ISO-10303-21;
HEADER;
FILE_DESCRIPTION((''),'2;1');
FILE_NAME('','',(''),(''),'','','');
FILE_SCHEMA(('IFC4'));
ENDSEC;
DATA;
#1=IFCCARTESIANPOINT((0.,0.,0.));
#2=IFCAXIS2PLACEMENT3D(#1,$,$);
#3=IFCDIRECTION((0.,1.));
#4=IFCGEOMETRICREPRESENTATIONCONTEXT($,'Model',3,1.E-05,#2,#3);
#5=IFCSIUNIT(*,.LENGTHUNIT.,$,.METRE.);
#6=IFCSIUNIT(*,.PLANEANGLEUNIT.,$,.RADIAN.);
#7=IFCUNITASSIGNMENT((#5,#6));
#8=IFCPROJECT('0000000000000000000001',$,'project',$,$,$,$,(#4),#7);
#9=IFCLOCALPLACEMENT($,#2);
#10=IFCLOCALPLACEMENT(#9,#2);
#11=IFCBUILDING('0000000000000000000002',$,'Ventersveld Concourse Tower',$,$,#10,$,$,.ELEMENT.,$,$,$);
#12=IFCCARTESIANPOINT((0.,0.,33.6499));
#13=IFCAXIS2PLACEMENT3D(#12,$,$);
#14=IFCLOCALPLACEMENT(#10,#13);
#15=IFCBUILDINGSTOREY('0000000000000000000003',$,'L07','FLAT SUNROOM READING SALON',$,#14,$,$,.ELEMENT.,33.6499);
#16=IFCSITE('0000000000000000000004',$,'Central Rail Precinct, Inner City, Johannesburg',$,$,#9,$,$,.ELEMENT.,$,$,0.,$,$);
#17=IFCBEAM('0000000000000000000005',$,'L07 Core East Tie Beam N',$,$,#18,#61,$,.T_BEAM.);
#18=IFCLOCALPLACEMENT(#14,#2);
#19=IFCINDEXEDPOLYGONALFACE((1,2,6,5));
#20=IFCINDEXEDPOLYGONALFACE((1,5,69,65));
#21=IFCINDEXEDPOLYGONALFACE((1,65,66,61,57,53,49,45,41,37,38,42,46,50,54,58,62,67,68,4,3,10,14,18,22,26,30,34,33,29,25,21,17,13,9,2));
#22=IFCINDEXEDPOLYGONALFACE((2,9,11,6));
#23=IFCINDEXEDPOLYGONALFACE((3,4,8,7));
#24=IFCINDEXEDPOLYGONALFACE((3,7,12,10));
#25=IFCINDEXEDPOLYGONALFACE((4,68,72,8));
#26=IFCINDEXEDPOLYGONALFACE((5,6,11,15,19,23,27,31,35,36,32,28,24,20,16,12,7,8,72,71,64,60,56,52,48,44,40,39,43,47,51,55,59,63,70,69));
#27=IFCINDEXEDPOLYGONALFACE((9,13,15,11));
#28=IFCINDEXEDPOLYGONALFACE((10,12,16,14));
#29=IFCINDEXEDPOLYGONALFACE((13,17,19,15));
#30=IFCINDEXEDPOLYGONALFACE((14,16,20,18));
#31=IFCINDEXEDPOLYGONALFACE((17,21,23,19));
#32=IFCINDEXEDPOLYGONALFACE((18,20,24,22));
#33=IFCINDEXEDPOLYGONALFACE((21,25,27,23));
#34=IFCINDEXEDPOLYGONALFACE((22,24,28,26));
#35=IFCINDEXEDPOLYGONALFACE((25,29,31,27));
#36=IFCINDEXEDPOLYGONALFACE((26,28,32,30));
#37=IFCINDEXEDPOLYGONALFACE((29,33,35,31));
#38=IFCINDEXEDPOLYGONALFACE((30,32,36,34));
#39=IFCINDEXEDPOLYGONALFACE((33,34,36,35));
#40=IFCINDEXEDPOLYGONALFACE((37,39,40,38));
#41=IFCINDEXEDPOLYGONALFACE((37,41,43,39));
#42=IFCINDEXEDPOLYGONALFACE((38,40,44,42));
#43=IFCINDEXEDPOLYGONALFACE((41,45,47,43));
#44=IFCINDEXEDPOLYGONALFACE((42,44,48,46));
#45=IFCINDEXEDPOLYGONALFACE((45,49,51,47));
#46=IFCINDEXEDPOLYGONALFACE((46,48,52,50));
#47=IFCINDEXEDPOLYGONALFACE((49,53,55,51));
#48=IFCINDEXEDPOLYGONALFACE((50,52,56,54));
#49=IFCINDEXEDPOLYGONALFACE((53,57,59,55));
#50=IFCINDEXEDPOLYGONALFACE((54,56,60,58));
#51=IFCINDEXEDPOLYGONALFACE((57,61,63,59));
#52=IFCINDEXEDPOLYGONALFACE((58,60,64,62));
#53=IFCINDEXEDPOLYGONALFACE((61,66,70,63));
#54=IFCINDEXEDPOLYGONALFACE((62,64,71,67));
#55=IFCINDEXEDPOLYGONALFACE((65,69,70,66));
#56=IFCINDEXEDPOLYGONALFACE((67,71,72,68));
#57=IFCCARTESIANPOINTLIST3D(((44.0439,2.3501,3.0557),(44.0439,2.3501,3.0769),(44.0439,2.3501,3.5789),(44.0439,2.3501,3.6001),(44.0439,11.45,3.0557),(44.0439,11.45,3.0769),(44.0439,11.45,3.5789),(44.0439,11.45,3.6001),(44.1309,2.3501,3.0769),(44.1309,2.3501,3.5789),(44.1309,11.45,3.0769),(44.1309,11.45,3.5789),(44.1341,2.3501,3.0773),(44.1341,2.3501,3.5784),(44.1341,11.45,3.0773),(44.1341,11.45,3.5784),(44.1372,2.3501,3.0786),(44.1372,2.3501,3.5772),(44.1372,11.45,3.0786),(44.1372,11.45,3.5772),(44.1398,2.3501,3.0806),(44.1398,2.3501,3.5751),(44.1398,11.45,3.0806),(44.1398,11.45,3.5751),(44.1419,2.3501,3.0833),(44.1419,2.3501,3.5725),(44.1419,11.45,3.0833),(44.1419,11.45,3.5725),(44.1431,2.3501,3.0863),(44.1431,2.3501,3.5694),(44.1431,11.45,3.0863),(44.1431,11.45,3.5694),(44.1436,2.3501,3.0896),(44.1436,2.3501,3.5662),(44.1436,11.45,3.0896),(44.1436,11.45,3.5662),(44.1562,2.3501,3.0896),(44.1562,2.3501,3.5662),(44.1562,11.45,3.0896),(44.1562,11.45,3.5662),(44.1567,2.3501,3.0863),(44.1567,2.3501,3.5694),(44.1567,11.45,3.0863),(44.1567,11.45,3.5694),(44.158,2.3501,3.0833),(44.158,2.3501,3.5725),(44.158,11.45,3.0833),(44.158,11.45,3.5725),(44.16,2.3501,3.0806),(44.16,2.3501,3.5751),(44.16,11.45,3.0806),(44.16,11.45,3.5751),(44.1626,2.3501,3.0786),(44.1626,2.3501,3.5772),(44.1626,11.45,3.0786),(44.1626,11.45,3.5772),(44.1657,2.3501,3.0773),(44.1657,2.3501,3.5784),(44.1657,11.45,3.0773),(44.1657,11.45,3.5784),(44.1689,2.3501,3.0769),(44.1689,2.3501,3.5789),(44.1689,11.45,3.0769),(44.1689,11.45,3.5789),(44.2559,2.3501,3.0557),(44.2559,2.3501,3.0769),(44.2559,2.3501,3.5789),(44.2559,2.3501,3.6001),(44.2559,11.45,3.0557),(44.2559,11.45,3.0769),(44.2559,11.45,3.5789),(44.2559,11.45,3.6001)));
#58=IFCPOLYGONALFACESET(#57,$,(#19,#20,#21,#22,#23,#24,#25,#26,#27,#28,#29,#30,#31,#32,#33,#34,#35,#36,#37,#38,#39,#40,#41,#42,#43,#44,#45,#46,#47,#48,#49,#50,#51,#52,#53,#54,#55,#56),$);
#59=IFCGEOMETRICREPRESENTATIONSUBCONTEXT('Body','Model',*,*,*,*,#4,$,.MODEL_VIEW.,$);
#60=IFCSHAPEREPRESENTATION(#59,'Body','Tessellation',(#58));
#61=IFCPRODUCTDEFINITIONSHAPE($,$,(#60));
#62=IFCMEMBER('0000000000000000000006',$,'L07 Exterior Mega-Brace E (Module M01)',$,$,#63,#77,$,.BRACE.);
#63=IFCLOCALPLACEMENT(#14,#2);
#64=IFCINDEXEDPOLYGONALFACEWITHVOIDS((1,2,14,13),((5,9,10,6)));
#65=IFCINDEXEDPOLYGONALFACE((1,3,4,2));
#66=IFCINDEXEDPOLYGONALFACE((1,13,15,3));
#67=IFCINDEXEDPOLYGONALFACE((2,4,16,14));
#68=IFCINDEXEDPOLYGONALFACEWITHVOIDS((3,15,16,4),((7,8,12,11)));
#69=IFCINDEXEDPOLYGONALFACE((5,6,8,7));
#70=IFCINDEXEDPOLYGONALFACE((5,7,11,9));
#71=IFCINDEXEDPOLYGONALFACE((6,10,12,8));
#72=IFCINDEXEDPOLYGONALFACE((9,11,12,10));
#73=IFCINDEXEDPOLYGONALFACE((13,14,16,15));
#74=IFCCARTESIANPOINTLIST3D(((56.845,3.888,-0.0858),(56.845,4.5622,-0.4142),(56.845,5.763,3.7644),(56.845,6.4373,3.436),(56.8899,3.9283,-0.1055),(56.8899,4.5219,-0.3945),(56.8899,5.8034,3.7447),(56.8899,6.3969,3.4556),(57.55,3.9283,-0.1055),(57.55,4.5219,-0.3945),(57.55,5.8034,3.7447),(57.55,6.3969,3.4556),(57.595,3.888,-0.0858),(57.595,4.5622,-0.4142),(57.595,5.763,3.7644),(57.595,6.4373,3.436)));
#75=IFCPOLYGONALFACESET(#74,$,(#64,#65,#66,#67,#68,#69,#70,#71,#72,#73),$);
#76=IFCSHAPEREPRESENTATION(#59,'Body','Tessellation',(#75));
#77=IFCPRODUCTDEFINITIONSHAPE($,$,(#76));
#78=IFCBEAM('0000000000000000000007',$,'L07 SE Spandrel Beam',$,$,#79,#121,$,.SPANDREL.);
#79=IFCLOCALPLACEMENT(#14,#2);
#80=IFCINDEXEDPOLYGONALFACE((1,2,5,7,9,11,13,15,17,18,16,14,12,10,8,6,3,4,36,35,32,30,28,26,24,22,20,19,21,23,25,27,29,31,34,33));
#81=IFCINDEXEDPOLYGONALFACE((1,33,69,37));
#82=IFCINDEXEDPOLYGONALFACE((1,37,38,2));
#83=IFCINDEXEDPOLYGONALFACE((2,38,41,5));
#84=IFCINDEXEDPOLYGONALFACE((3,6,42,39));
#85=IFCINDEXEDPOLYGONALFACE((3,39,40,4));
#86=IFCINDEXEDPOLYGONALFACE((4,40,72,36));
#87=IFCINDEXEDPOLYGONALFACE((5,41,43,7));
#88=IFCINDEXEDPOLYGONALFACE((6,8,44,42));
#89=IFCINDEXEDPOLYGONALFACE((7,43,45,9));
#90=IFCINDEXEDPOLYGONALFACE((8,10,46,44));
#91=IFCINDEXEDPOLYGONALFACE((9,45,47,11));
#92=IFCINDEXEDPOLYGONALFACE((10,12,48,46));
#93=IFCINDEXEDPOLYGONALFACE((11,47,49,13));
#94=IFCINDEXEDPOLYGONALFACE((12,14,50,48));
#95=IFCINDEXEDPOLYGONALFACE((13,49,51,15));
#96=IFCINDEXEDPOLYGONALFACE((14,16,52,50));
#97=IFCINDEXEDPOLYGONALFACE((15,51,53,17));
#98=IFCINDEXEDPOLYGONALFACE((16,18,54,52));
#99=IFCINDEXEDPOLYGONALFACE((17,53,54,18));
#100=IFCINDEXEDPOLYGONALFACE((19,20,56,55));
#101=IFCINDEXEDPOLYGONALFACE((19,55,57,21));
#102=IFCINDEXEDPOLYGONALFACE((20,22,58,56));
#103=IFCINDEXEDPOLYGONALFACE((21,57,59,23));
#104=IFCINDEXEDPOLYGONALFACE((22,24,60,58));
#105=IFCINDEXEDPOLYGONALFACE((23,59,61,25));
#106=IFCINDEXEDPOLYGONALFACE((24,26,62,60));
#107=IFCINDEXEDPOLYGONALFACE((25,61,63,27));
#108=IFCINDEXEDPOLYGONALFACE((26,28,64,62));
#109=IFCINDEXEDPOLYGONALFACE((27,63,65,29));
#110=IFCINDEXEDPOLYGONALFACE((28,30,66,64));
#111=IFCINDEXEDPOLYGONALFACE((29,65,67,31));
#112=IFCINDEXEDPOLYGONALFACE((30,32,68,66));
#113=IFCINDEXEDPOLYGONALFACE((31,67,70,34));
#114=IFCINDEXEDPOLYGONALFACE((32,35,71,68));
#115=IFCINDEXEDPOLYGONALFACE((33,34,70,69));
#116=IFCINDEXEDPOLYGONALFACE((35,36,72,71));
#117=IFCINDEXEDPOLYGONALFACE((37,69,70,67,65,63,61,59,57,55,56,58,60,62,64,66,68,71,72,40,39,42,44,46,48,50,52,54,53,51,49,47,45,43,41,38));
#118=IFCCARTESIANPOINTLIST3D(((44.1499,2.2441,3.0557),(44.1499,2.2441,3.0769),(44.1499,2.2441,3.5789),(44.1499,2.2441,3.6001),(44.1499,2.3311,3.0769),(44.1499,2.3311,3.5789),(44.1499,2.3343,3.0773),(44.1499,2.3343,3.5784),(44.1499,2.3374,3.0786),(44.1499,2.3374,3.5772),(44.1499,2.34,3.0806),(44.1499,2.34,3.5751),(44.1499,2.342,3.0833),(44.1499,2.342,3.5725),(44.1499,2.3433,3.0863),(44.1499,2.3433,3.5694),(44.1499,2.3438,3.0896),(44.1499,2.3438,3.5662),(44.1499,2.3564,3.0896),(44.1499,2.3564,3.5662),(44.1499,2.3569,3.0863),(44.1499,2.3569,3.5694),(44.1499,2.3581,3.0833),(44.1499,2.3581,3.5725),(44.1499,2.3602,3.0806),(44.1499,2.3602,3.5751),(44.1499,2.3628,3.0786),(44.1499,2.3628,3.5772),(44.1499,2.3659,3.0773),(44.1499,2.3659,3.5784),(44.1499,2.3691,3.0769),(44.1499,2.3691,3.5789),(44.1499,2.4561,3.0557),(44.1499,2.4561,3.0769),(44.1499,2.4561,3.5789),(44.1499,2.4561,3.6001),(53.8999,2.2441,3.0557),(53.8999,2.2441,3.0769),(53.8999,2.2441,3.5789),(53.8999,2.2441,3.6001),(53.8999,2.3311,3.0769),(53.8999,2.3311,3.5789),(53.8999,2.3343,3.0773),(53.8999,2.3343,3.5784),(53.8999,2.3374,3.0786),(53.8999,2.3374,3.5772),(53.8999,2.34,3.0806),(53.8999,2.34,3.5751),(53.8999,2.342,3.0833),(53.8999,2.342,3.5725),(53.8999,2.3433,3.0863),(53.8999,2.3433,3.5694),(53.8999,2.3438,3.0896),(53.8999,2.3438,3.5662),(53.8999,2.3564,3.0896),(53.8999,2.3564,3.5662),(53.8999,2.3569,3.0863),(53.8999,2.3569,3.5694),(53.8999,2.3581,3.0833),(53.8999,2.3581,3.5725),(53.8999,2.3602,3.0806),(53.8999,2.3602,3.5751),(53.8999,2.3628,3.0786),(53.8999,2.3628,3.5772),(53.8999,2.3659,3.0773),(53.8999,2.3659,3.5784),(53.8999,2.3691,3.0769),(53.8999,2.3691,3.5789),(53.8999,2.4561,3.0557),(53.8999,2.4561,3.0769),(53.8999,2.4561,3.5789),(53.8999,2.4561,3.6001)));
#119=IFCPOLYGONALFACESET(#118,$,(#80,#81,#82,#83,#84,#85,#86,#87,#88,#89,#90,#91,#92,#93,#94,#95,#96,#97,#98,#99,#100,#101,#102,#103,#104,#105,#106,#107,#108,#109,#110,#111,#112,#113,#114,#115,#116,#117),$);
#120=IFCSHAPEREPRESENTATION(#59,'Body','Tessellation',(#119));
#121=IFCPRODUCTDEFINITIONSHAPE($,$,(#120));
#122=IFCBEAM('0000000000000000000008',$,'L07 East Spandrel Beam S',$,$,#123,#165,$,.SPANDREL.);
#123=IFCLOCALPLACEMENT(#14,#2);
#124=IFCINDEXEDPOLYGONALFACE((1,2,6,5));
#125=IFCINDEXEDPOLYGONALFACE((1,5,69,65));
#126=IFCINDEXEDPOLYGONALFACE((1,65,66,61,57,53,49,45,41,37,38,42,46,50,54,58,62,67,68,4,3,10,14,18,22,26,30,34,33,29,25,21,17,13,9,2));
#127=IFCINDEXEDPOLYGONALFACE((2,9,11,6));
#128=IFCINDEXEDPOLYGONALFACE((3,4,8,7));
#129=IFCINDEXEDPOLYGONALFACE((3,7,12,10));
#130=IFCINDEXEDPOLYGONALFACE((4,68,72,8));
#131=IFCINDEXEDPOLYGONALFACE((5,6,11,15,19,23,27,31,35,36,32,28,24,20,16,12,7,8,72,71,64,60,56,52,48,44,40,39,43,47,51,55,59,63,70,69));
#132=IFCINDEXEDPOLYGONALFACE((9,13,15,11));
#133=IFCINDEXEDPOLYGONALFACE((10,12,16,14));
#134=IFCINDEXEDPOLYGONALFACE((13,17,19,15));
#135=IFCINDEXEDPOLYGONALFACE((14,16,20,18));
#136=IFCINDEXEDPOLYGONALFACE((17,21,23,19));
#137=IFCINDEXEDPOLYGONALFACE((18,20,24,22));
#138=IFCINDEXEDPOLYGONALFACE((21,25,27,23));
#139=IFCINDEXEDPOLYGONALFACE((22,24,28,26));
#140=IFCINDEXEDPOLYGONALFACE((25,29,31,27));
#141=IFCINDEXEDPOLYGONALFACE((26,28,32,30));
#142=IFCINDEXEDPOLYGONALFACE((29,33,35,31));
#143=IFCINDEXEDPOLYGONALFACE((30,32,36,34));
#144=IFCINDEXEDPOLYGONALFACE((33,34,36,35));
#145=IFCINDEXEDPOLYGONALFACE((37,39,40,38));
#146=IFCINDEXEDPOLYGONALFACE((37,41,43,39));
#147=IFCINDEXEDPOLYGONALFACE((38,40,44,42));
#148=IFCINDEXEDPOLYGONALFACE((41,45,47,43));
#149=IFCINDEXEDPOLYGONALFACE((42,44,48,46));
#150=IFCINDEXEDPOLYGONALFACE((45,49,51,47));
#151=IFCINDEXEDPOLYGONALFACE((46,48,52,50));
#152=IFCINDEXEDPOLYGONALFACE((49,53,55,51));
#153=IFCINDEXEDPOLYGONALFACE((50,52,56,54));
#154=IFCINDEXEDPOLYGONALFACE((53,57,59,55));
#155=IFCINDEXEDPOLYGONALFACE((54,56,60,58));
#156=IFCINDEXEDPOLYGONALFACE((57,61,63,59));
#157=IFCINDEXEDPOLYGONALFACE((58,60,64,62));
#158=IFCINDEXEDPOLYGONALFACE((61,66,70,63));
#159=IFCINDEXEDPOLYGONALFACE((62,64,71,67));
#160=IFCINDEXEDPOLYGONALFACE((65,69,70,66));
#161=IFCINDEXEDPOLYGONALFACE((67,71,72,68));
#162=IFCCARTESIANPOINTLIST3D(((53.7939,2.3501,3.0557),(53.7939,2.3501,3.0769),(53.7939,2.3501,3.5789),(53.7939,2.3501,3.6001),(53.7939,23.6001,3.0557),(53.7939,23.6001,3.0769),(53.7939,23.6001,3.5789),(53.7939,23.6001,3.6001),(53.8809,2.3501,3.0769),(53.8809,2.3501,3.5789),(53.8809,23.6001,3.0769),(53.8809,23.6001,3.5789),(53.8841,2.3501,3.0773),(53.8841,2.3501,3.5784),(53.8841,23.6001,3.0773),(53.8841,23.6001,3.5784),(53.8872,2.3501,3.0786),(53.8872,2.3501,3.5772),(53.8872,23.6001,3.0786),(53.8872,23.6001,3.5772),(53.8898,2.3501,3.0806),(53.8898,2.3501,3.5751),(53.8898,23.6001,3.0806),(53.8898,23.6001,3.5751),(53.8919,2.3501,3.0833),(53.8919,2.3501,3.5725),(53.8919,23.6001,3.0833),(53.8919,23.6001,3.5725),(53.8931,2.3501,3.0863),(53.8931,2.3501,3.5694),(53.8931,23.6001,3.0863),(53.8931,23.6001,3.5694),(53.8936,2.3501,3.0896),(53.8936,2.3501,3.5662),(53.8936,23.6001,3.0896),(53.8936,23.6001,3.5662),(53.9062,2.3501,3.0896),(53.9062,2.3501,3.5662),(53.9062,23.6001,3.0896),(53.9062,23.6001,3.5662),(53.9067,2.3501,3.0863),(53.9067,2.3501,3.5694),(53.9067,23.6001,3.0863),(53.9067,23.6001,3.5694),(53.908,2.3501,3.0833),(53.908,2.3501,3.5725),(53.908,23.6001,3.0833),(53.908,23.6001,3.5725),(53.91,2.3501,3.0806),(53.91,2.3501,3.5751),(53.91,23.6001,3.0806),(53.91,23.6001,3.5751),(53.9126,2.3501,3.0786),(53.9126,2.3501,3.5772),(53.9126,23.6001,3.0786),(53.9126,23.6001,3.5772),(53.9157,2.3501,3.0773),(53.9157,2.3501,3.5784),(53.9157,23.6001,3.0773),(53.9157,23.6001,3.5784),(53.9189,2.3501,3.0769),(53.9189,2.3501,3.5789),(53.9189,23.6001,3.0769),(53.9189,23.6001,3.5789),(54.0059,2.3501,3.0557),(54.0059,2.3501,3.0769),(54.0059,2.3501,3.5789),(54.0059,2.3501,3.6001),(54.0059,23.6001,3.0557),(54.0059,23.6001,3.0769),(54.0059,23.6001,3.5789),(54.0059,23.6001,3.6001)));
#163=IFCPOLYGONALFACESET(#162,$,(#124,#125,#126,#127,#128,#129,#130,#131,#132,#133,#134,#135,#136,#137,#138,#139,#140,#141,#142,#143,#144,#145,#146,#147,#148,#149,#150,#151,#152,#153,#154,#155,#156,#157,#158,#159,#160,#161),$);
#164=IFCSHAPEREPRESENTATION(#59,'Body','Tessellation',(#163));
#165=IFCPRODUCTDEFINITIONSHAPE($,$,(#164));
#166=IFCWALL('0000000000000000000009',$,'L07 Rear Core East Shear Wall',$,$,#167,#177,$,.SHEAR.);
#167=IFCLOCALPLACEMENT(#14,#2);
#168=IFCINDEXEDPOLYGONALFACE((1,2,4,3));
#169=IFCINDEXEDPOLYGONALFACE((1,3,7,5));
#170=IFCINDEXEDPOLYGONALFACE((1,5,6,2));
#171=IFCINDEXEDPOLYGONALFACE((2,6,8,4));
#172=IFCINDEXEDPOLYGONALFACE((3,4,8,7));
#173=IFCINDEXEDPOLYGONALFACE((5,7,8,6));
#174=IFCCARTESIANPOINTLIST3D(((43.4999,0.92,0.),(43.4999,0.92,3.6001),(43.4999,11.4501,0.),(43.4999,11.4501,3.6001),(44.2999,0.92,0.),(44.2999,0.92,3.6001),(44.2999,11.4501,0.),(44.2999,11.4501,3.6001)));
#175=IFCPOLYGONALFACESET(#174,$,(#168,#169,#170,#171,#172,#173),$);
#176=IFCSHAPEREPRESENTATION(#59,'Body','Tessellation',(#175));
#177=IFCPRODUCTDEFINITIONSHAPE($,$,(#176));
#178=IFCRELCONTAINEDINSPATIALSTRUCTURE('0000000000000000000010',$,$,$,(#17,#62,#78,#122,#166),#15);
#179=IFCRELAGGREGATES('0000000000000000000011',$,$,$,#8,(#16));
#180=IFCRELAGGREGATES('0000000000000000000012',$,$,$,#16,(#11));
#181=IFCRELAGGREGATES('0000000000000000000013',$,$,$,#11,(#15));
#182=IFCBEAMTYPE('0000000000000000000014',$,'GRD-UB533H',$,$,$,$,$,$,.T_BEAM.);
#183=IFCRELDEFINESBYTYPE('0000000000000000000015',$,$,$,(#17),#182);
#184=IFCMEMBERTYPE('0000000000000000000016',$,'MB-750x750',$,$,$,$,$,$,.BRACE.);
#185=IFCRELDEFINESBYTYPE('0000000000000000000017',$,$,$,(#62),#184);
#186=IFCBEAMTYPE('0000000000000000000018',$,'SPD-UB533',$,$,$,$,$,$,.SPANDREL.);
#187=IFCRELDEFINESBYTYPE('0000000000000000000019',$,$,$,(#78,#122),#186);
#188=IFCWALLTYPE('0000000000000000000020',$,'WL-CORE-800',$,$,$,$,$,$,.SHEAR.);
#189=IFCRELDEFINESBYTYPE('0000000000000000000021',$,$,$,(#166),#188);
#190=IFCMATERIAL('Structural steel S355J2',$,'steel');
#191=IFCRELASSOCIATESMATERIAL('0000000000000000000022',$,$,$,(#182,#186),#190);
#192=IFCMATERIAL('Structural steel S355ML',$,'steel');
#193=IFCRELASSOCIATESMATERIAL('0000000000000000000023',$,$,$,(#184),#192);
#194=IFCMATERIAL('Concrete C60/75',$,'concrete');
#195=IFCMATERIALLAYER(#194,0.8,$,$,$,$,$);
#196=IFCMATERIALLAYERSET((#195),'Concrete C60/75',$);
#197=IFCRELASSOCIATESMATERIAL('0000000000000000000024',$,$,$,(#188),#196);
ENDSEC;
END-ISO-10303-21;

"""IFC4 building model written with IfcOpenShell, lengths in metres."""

from ifc_helpers import new_model, si_unit, direction, frame, frame_2d, origin, origin_2d, place, context, subcontext, project, spatial, rectangle, hollow_rectangle, i_section, extrude, material, layer, layer_set, material_profile, profile_set, type_object, element, save


model = new_model("IFC4")

# Units and contexts
model_context = context("Model", 3, precision=1e-05, world=origin(), true_north=direction((0.0, 1.0)))
body_context = subcontext(model_context, "Body", "Model", "MODEL_VIEW")
ifc_project = project(units=[si_unit("LENGTHUNIT", "METRE"), si_unit("PLANEANGLEUNIT", "RADIAN")], contexts=[model_context])

# Site, building, storey
site_placement = place(None, origin())
site = spatial("IfcSite", under=ifc_project, at=site_placement, Name="Central Rail Precinct, Inner City, Johannesburg", CompositionType="ELEMENT", RefElevation=0.0)
building_placement = place(site_placement, origin())
building = spatial("IfcBuilding", under=site, at=building_placement, Name="Ventersveld Concourse Tower", CompositionType="ELEMENT")
storey_placement = place(building_placement, frame((0.0, 0.0, 33.6499)))
storey = spatial("IfcBuildingStorey", under=building, at=storey_placement, Name="L07", Description="FLAT SUNROOM READING SALON", CompositionType="ELEMENT", Elevation=33.6499)

# Beam
ifc_material_1 = material(Name="Structural steel S355J2", Category="steel")
ifc_material_profile_1 = material_profile(ifc_material_1, i_section(OverallWidth=0.2119, OverallDepth=0.5444, WebThickness=0.0127, FlangeThickness=0.0212, FilletRadius=0.0127, at=origin_2d()), Name="UB 533x210x122")
ifc_profile_set_1 = profile_set([ifc_material_profile_1], Name="Structural steel S355J2")
beam_type_1 = type_object("IfcBeamType", Name="GRD-UB533H", PredefinedType="T_BEAM", material=ifc_profile_set_1)
beam_1_placement = place(storey_placement, frame((44.1499, 2.3501, 3.3279), z_axis=(0.0, 1.0, 0.0), x_axis=(-1.0, 0.0, 0.0)))
element("IfcBeam", 1, at=beam_1_placement, inside=storey, type_object=beam_type_1, Name="L07 Core East Tie Beam N", PredefinedType="T_BEAM", context=body_context, shape_type="SweptSolid", body=[
    extrude(i_section(OverallWidth=0.2119, OverallDepth=0.5444, WebThickness=0.0127, FlangeThickness=0.0212, FilletRadius=0.0127, at=origin_2d()), origin(), (0.0, 0.0, 1.0), 9.0999),
])

# Member
ifc_material_2 = material(Name="Structural steel S355ML", Category="steel")
ifc_material_profile_2 = material_profile(ifc_material_2, hollow_rectangle(XDim=0.75, YDim=0.75, WallThickness=0.0449, at=origin_2d()), Name="BOX 750x750x45")
ifc_profile_set_2 = profile_set([ifc_material_profile_2], Name="Structural steel S355ML")
member_type = type_object("IfcMemberType", Name="MB-750x750", PredefinedType="BRACE", material=ifc_profile_set_2)
member_placement = place(storey_placement, frame((57.22, 4.2251, -0.25), z_axis=(0.0, 0.437839, 0.899053), x_axis=(-1.0, 0.0, 0.0)))
element("IfcMember", 2, at=member_placement, inside=storey, type_object=member_type, Name="L07 Exterior Mega-Brace E (Module M01)", PredefinedType="BRACE", context=body_context, shape_type="SweptSolid", body=[
    extrude(hollow_rectangle(XDim=0.75, YDim=0.75, WallThickness=0.0449, at=origin_2d()), origin(), (0.0, 0.0, 1.0), 4.2825),
])

# Beams
ifc_material_profile_3 = material_profile(ifc_material_1, i_section(OverallWidth=0.2119, OverallDepth=0.5444, WebThickness=0.0127, FlangeThickness=0.0212, FilletRadius=0.0127, at=origin_2d()), Name="UB 533x210x122")
ifc_profile_set_3 = profile_set([ifc_material_profile_3], Name="Structural steel S355J2")
beam_type_2 = type_object("IfcBeamType", Name="SPD-UB533", PredefinedType="SPANDREL", material=ifc_profile_set_3)
beam_2_placement = place(storey_placement, frame((44.1499, 2.3501, 3.3279), z_axis=(1.0, 0.0, 0.0), x_axis=(0.0, 1.0, 0.0)))
element("IfcBeam", 3, at=beam_2_placement, inside=storey, type_object=beam_type_2, Name="L07 SE Spandrel Beam", PredefinedType="SPANDREL", context=body_context, shape_type="SweptSolid", body=[
    extrude(i_section(OverallWidth=0.2119, OverallDepth=0.5444, WebThickness=0.0127, FlangeThickness=0.0212, FilletRadius=0.0127, at=origin_2d()), origin(), (0.0, 0.0, 1.0), 9.75),
])
beam_3_placement = place(storey_placement, frame((53.8999, 2.3501, 3.3279), z_axis=(0.0, 1.0, 0.0), x_axis=(-1.0, 0.0, 0.0)))
element("IfcBeam", 4, at=beam_3_placement, inside=storey, type_object=beam_type_2, Name="L07 East Spandrel Beam S", PredefinedType="SPANDREL", context=body_context, shape_type="SweptSolid", body=[
    extrude(i_section(OverallWidth=0.2119, OverallDepth=0.5444, WebThickness=0.0127, FlangeThickness=0.0212, FilletRadius=0.0127, at=origin_2d()), origin(), (0.0, 0.0, 1.0), 21.25),
])

# Wall
ifc_material_3 = material(Name="Concrete C60/75", Category="concrete")
ifc_layer_1 = layer(ifc_material_3, 0.8)
ifc_layer_set_1 = layer_set([ifc_layer_1], Name="Concrete C60/75")
wall_type_1 = type_object("IfcWallType", Name="WL-CORE-800", PredefinedType="SHEAR", material=ifc_layer_set_1)
wall_1_placement = place(storey_placement, frame((43.8999, 0.9199, 0.0), z_axis=(0.0, 0.0, 1.0), x_axis=(0.0, 1.0, 0.0)))
element("IfcWall", 5, at=wall_1_placement, inside=storey, type_object=wall_type_1, Name="L07 Rear Core East Shear Wall", PredefinedType="SHEAR", context=body_context, shape_type="SweptSolid", body=[
    extrude(rectangle(XDim=10.53, YDim=0.8, at=frame_2d((5.2651, 0.0))), origin(), (0.0, 0.0, 1.0), 3.6001),
])

save(model, "model.ifc")
